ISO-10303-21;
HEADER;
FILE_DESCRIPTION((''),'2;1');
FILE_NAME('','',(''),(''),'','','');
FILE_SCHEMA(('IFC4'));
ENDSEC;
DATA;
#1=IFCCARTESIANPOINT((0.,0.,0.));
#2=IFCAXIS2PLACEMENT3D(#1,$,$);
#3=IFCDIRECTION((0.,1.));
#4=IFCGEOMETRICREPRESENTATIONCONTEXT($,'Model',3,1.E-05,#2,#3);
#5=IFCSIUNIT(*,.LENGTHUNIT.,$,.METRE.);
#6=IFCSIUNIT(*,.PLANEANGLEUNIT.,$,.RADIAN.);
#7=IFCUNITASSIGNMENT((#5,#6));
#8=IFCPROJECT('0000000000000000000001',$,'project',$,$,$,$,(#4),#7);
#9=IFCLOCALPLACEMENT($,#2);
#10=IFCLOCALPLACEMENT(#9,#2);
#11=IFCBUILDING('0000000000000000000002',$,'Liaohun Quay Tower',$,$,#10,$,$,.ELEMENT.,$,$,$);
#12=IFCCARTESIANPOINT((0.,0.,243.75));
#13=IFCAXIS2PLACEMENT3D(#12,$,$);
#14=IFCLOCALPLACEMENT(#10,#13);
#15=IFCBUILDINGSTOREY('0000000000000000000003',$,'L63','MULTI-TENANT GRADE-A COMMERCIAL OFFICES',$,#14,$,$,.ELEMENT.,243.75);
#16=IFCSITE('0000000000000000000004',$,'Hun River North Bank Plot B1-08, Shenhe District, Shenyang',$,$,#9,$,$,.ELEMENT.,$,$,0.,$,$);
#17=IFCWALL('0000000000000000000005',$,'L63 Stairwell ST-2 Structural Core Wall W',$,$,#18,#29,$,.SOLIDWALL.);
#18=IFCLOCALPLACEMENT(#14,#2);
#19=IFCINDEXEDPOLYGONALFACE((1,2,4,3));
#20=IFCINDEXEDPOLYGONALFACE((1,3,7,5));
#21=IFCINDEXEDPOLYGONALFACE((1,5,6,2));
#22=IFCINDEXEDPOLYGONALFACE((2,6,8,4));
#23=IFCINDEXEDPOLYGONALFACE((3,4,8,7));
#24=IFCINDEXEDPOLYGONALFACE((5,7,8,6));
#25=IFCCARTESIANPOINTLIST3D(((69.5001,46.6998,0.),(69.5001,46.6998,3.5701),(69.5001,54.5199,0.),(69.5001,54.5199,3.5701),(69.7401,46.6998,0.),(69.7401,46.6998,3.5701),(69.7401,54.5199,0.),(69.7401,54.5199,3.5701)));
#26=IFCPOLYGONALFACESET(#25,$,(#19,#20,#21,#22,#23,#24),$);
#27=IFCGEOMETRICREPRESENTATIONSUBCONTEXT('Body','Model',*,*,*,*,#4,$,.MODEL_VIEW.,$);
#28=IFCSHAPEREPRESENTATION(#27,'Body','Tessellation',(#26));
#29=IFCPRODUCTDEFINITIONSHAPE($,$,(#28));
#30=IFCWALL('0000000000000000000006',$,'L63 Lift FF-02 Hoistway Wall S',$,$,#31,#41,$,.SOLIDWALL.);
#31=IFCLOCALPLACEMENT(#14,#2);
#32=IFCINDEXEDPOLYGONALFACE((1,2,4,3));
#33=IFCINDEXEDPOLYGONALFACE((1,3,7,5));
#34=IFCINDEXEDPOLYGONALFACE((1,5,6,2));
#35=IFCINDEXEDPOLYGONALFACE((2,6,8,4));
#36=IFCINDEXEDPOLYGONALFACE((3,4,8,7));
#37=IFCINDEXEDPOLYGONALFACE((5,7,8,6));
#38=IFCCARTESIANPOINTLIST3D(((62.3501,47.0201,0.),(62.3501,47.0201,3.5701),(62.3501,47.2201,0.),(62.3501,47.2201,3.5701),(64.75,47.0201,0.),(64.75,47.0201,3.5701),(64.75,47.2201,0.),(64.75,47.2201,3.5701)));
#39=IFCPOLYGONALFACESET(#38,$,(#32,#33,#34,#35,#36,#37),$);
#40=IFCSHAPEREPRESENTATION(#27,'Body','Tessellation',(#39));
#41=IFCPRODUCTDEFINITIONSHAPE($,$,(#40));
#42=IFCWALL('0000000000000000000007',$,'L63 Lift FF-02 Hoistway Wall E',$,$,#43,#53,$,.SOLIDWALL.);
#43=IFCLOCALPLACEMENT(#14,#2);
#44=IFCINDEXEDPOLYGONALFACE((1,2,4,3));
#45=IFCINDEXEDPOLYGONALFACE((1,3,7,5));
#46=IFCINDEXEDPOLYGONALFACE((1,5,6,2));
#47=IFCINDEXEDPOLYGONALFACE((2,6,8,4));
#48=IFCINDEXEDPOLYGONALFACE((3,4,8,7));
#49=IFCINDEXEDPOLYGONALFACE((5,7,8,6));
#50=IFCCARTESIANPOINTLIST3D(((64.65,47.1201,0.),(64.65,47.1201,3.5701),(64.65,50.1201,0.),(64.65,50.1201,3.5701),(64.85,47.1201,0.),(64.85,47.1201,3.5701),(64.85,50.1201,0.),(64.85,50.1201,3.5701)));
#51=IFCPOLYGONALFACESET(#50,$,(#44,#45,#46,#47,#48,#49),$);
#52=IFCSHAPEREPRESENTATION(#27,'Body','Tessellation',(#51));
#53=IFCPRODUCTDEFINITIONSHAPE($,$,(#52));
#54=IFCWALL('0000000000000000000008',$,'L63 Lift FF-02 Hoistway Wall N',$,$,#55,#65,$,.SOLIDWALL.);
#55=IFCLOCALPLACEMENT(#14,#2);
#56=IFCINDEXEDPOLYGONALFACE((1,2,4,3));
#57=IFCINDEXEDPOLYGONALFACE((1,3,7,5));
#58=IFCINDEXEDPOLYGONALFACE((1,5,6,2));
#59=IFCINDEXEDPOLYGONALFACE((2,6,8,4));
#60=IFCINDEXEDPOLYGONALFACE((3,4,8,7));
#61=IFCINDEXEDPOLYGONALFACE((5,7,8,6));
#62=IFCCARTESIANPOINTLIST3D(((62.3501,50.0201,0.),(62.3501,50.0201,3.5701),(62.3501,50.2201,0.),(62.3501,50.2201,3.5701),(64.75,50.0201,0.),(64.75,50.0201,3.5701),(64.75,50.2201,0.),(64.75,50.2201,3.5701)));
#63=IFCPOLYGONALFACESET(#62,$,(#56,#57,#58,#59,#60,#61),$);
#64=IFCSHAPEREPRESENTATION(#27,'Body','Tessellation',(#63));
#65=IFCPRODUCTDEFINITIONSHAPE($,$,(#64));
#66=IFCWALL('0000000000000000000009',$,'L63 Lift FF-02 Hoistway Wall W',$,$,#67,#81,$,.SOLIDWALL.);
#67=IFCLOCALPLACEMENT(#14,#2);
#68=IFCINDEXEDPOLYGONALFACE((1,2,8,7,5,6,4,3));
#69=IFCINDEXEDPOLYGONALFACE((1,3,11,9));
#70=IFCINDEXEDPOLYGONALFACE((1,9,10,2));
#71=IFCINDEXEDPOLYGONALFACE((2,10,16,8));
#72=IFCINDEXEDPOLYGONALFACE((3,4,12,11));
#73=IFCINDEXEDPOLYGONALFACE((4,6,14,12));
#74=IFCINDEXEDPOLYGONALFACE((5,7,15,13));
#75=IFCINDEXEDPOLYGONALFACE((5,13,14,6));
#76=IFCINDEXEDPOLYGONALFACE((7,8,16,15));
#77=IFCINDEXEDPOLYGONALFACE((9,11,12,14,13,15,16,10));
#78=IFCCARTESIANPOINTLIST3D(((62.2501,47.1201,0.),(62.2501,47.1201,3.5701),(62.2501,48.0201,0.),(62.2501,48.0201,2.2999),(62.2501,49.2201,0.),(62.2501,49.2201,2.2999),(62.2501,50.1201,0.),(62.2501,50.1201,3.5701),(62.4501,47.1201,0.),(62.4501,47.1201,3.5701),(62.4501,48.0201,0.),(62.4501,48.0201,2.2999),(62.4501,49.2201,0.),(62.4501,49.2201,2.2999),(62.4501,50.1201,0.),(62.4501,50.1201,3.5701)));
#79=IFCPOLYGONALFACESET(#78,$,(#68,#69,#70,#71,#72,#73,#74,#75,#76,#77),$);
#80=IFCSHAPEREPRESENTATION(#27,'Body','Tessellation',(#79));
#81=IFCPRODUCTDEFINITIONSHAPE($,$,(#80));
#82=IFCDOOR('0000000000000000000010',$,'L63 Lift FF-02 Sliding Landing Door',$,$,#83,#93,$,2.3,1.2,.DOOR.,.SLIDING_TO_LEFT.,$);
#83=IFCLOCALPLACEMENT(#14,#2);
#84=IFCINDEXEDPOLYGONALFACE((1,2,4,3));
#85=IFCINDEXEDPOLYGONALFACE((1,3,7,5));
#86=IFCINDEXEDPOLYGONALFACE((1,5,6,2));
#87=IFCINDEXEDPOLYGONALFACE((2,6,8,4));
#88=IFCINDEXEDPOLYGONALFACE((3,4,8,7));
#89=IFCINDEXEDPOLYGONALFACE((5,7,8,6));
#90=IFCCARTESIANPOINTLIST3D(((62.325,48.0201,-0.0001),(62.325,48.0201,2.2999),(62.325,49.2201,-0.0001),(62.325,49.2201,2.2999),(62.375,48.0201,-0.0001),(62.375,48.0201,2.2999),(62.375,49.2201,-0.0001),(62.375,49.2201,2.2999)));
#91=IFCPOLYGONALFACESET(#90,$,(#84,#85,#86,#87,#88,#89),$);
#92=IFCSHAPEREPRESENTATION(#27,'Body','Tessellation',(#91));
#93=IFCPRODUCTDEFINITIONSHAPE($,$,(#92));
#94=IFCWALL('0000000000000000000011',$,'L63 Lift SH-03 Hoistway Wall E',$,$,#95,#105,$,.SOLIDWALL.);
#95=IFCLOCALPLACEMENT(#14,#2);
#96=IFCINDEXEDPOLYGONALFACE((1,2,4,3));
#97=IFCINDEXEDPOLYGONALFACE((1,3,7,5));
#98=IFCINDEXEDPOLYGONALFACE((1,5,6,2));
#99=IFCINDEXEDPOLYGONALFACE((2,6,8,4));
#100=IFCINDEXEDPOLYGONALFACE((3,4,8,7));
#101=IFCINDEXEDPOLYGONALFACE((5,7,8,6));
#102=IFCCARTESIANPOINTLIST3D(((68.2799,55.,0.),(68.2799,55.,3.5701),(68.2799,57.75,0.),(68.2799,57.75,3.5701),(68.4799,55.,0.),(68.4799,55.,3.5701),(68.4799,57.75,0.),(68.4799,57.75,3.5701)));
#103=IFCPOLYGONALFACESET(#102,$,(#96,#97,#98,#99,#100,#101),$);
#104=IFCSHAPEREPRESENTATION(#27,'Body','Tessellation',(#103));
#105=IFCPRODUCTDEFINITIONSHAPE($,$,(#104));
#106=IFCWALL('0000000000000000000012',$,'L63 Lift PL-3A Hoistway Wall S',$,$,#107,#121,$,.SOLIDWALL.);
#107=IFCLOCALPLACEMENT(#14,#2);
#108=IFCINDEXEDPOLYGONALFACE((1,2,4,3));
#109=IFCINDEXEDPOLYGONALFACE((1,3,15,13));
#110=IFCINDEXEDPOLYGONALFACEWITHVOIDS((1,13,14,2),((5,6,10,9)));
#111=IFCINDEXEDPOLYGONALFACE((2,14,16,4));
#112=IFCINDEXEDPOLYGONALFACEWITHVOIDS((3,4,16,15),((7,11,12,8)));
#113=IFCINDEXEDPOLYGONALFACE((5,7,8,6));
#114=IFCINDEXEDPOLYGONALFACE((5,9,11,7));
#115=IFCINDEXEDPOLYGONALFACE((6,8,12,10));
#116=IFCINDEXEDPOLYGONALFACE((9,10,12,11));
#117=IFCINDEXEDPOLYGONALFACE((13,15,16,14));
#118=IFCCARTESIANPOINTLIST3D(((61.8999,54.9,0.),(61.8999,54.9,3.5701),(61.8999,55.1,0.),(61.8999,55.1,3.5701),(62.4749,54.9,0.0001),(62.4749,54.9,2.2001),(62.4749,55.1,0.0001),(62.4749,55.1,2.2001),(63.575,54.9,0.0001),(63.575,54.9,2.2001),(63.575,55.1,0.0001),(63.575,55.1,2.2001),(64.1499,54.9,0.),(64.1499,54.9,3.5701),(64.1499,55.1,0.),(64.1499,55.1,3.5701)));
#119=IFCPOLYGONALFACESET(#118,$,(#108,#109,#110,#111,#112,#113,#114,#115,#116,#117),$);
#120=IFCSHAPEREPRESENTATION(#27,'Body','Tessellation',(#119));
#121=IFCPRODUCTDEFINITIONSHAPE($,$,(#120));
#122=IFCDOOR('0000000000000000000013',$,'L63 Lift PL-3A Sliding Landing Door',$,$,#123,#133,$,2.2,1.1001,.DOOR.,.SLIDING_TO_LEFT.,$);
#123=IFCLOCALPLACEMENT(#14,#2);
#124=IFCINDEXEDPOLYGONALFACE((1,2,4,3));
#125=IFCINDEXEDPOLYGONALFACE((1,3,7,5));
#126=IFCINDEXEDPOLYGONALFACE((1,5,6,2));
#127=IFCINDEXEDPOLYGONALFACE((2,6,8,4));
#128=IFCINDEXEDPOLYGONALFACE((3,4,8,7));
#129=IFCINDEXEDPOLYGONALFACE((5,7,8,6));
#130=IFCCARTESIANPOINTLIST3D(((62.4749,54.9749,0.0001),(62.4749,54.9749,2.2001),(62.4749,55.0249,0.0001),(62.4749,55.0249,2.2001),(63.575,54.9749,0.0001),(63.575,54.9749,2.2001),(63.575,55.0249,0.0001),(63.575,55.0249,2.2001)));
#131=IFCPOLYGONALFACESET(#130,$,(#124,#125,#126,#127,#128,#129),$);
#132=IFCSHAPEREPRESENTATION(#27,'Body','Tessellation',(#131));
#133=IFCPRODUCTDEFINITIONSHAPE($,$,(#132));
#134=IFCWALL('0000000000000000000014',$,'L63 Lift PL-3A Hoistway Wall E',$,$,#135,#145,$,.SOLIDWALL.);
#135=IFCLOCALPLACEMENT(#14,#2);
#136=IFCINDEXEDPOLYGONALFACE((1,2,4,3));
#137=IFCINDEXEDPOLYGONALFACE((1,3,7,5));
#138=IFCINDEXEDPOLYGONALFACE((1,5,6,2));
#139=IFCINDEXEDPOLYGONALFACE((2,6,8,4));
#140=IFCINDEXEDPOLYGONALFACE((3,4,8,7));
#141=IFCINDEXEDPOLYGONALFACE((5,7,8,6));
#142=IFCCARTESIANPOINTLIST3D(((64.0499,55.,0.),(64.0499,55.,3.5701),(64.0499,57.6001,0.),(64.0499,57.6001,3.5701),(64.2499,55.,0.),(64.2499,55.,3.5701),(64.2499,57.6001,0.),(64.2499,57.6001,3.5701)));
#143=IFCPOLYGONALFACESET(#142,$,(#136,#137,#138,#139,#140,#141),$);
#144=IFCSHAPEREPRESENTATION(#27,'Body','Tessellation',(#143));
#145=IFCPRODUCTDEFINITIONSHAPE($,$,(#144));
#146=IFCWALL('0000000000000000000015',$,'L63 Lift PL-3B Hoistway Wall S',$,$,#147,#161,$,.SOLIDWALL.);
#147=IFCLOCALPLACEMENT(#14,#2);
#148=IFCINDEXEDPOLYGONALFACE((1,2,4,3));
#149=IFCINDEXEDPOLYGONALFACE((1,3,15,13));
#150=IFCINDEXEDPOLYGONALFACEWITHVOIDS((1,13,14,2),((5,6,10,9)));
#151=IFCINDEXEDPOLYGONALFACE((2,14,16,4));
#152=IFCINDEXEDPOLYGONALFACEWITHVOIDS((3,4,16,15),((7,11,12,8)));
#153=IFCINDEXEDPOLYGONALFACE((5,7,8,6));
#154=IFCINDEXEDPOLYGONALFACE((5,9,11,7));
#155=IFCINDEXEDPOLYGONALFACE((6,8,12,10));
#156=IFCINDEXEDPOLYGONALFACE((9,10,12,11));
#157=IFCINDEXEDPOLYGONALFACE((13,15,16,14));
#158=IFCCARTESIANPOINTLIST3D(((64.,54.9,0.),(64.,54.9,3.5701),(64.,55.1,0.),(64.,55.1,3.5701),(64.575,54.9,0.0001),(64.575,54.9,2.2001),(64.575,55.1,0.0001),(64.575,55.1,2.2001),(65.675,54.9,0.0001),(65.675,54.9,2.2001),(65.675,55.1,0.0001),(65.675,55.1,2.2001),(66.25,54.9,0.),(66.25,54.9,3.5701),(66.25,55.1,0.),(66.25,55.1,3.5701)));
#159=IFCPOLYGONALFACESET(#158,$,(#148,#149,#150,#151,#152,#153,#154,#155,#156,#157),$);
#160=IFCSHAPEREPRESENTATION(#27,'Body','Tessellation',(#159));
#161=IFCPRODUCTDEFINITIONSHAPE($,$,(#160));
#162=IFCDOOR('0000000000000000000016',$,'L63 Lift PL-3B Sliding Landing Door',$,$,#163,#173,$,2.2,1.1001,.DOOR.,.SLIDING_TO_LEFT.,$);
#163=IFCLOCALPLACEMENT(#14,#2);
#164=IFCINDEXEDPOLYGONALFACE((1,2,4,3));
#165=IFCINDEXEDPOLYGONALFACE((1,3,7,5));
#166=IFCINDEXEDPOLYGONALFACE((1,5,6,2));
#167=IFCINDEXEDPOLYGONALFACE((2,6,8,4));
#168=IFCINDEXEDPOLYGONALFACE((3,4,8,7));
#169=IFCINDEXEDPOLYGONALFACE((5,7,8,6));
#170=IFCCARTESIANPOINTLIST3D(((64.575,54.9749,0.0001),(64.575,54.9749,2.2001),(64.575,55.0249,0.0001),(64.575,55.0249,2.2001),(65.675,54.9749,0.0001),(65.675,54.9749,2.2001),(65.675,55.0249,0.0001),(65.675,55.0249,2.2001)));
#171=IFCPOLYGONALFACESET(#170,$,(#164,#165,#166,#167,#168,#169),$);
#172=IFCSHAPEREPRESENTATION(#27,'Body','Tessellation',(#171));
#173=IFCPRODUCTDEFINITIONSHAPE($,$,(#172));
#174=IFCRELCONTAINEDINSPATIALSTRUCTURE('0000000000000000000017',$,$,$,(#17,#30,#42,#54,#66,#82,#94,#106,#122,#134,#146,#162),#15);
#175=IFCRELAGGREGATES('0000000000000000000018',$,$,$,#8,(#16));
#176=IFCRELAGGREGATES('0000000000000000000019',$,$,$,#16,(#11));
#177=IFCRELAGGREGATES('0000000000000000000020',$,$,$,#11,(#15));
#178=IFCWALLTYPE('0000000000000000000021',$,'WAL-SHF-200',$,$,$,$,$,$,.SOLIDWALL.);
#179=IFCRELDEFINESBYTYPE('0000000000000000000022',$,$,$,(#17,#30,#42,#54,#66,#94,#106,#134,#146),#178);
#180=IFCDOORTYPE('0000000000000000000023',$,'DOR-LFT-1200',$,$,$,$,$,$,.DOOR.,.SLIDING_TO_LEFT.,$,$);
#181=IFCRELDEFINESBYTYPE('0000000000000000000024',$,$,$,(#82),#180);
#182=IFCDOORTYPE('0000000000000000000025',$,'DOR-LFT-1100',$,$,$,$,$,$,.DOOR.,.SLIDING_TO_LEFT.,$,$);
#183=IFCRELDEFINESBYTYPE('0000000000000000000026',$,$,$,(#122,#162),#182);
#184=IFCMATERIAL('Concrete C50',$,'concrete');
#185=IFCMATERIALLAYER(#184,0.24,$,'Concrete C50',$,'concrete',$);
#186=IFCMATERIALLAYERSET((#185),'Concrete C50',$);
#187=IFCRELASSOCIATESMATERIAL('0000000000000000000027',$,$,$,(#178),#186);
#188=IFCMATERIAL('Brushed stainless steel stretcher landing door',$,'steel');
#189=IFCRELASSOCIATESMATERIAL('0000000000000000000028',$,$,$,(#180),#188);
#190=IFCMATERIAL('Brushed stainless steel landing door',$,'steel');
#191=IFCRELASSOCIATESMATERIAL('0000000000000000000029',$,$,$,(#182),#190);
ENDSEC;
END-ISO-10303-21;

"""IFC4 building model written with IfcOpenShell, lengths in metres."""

from ifc_helpers import new_model, si_unit, direction, frame, frame_2d, origin, place, context, subcontext, project, spatial, rectangle, extrude, source, transform, mapped, material, layer, layer_set, type_object, element, fill, save


model = new_model("IFC4")

# Units and contexts
model_context = context("Model", 3, precision=1e-05, world=origin(), true_north=direction((0.0, 1.0)))
body_context = subcontext(model_context, "Body", "Model", "MODEL_VIEW")
ifc_project = project(units=[si_unit("LENGTHUNIT", "METRE"), si_unit("PLANEANGLEUNIT", "RADIAN")], contexts=[model_context])

# Site, building, storey
site_placement = place(None, origin())
site = spatial("IfcSite", under=ifc_project, at=site_placement, Name="Hun River North Bank Plot B1-08, Shenhe District, Shenyang", CompositionType="ELEMENT", RefElevation=0.0)
building_placement = place(site_placement, origin())
building = spatial("IfcBuilding", under=site, at=building_placement, Name="Liaohun Quay Tower", CompositionType="ELEMENT")
storey_placement = place(building_placement, frame((0.0, 0.0, 243.75)))
storey = spatial("IfcBuildingStorey", under=building, at=storey_placement, Name="L63", Description="MULTI-TENANT GRADE-A COMMERCIAL OFFICES", CompositionType="ELEMENT", Elevation=243.75)

# Shared definitions
ifc_material_1 = material(Name="Concrete C50", Category="concrete")
ifc_layer_1 = layer(ifc_material_1, 0.24, Name="Concrete C50", Category="concrete")
ifc_layer_set_1 = layer_set([ifc_layer_1], Name="Concrete C50")
wall_type_1 = type_object("IfcWallType", Name="WAL-SHF-200", PredefinedType="SOLIDWALL", material=ifc_layer_set_1)

# Walls
wall_1_placement = place(storey_placement, frame((69.6201, 54.52, 0.0), z_axis=(0.0, 0.0, 1.0), x_axis=(0.0, -1.0, 0.0)))
element("IfcWall", 1, at=wall_1_placement, inside=storey, type_object=wall_type_1, Name="L63 Stairwell ST-2 Structural Core Wall W", PredefinedType="SOLIDWALL", context=body_context, shape_type="SweptSolid", body=[
    extrude(rectangle(XDim=7.8201, YDim=0.24, at=frame_2d((3.9102, 0.0))), origin(), (0.0, 0.0, 1.0), 3.5701),
])
wall_2_placement = place(storey_placement, frame((62.3501, 47.1201, 0.0), z_axis=(0.0, 0.0, 1.0), x_axis=(1.0, 0.0, 0.0)))
element("IfcWall", 2, at=wall_2_placement, inside=storey, type_object=wall_type_1, Name="L63 Lift FF-02 Hoistway Wall S", PredefinedType="SOLIDWALL", context=body_context, shape_type="SweptSolid", body=[
    extrude(rectangle(XDim=2.3999, YDim=0.2, at=frame_2d((1.2, 0.0))), origin(), (0.0, 0.0, 1.0), 3.5701),
])
wall_3_placement = place(storey_placement, frame((64.75, 47.1201, 0.0), z_axis=(0.0, 0.0, 1.0), x_axis=(0.0, 1.0, 0.0)))
element("IfcWall", 3, at=wall_3_placement, inside=storey, type_object=wall_type_1, Name="L63 Lift FF-02 Hoistway Wall E", PredefinedType="SOLIDWALL", context=body_context, shape_type="SweptSolid", body=[
    extrude(rectangle(XDim=3.0, YDim=0.2, at=frame_2d((1.5, 0.0))), origin(), (0.0, 0.0, 1.0), 3.5701),
])
wall_4_placement = place(storey_placement, frame((64.75, 50.1201, 0.0), z_axis=(0.0, 0.0, 1.0), x_axis=(-1.0, 0.0, 0.0)))
element("IfcWall", 4, at=wall_4_placement, inside=storey, type_object=wall_type_1, Name="L63 Lift FF-02 Hoistway Wall N", PredefinedType="SOLIDWALL", context=body_context, shape_type="SweptSolid", body=[
    extrude(rectangle(XDim=2.3999, YDim=0.2, at=frame_2d((1.2, 0.0))), origin(), (0.0, 0.0, 1.0), 3.5701),
])

# Wall, opening, door
wall_5_placement = place(storey_placement, frame((62.3501, 50.1201, 0.0), z_axis=(0.0, 0.0, 1.0), x_axis=(0.0, -1.0, 0.0)))
wall_5 = element("IfcWall", 5, at=wall_5_placement, inside=storey, type_object=wall_type_1, Name="L63 Lift FF-02 Hoistway Wall W", PredefinedType="SOLIDWALL", context=body_context, shape_type="SweptSolid", body=[
    extrude(rectangle(XDim=3.0, YDim=0.2, at=frame_2d((1.5, 0.0))), origin(), (0.0, 0.0, 1.0), 3.5701),
])
shared_shape_1 = source(origin(), body_context, "Body", "SweptSolid", [
    extrude(rectangle(XDim=1.2, YDim=2.3, at=frame_2d((0.6001, 1.1499))), frame((0.0, 0.1099, 0.0), z_axis=(0.0, -1.0, 0.0), x_axis=(1.0, 0.0, 0.0)), (0.0, 0.0, 1.0), 0.22),
])
opening_1_placement = place(wall_5_placement, frame((0.8999, 0.0, 0.0)))
opening_1 = element("IfcOpeningElement", 6, at=opening_1_placement, cuts=wall_5, PredefinedType="OPENING", context=body_context, shape_type="MappedRepresentation", body=[
    mapped(shared_shape_1, transform((0.0, 0.0, 0.0), x_axis=(1.0, 0.0, 0.0), y_axis=(0.0, 1.0, 0.0), z_axis=(0.0, 0.0, 1.0), scale=1.0)),
])
ifc_material_2 = material(Name="Brushed stainless steel stretcher landing door", Category="steel")
door_type_1 = type_object("IfcDoorType", Name="DOR-LFT-1200", OperationType="SLIDING_TO_LEFT", PredefinedType="DOOR", material=ifc_material_2)
shared_shape_2 = source(origin(), body_context, "Body", "SweptSolid", [
    extrude(rectangle(XDim=1.2, YDim=2.3, at=frame_2d((0.6001, 1.1499))), frame((0.0, 0.0249, 0.0), z_axis=(0.0, -1.0, 0.0), x_axis=(1.0, 0.0, 0.0)), (0.0, 0.0, 1.0), 0.05),
])
door_1_placement = place(opening_1_placement, origin())
door_1 = element("IfcDoor", 7, at=door_1_placement, inside=storey, type_object=door_type_1, Name="L63 Lift FF-02 Sliding Landing Door", OperationType="SLIDING_TO_LEFT", OverallHeight=2.3, OverallWidth=1.2, PredefinedType="DOOR", context=body_context, shape_type="MappedRepresentation", body=[
    mapped(shared_shape_2, transform((0.0, 0.0, 0.0), x_axis=(1.0, 0.0, 0.0), y_axis=(0.0, 1.0, 0.0), z_axis=(0.0, 0.0, 1.0), scale=1.0)),
])
fill(opening_1, door_1)

# Wall
wall_6_placement = place(storey_placement, frame((68.3799, 55.0, 0.0), z_axis=(0.0, 0.0, 1.0), x_axis=(0.0, 1.0, 0.0)))
element("IfcWall", 8, at=wall_6_placement, inside=storey, type_object=wall_type_1, Name="L63 Lift SH-03 Hoistway Wall E", PredefinedType="SOLIDWALL", context=body_context, shape_type="SweptSolid", body=[
    extrude(rectangle(XDim=2.75, YDim=0.2, at=frame_2d((1.375, 0.0))), origin(), (0.0, 0.0, 1.0), 3.5701),
])

# Wall, opening, door
wall_7_placement = place(storey_placement, frame((61.8999, 55.0, 0.0), z_axis=(0.0, 0.0, 1.0), x_axis=(1.0, 0.0, 0.0)))
wall_7 = element("IfcWall", 9, at=wall_7_placement, inside=storey, type_object=wall_type_1, Name="L63 Lift PL-3A Hoistway Wall S", PredefinedType="SOLIDWALL", context=body_context, shape_type="SweptSolid", body=[
    extrude(rectangle(XDim=2.25, YDim=0.2, at=frame_2d((1.125, 0.0))), origin(), (0.0, 0.0, 1.0), 3.5701),
])
shared_shape_3 = source(origin(), body_context, "Body", "SweptSolid", [
    extrude(rectangle(XDim=1.1001, YDim=2.2, at=frame_2d((0.55, 1.1001))), frame((0.0, 0.1099, 0.0), z_axis=(0.0, -1.0, 0.0), x_axis=(1.0, 0.0, 0.0)), (0.0, 0.0, 1.0), 0.22),
])
opening_2_placement = place(wall_7_placement, frame((0.575, 0.0, 0.0)))
opening_2 = element("IfcOpeningElement", 10, at=opening_2_placement, cuts=wall_7, PredefinedType="OPENING", context=body_context, shape_type="MappedRepresentation", body=[
    mapped(shared_shape_3, transform((0.0, 0.0, 0.0), x_axis=(1.0, 0.0, 0.0), y_axis=(0.0, 1.0, 0.0), z_axis=(0.0, 0.0, 1.0), scale=1.0)),
])
ifc_material_3 = material(Name="Brushed stainless steel landing door", Category="steel")
door_type_2 = type_object("IfcDoorType", Name="DOR-LFT-1100", OperationType="SLIDING_TO_LEFT", PredefinedType="DOOR", material=ifc_material_3)
shared_shape_4 = source(origin(), body_context, "Body", "SweptSolid", [
    extrude(rectangle(XDim=1.1001, YDim=2.2, at=frame_2d((0.55, 1.1001))), frame((0.0, 0.0249, 0.0), z_axis=(0.0, -1.0, 0.0), x_axis=(1.0, 0.0, 0.0)), (0.0, 0.0, 1.0), 0.05),
])
door_2_placement = place(opening_2_placement, origin())
door_2 = element("IfcDoor", 11, at=door_2_placement, inside=storey, type_object=door_type_2, Name="L63 Lift PL-3A Sliding Landing Door", OperationType="SLIDING_TO_LEFT", OverallHeight=2.2, OverallWidth=1.1001, PredefinedType="DOOR", context=body_context, shape_type="MappedRepresentation", body=[
    mapped(shared_shape_4, transform((0.0, 0.0, 0.0), x_axis=(1.0, 0.0, 0.0), y_axis=(0.0, 1.0, 0.0), z_axis=(0.0, 0.0, 1.0), scale=1.0)),
])
fill(opening_2, door_2)

# Wall
wall_8_placement = place(storey_placement, frame((64.1499, 55.0, 0.0), z_axis=(0.0, 0.0, 1.0), x_axis=(0.0, 1.0, 0.0)))
element("IfcWall", 12, at=wall_8_placement, inside=storey, type_object=wall_type_1, Name="L63 Lift PL-3A Hoistway Wall E", PredefinedType="SOLIDWALL", context=body_context, shape_type="SweptSolid", body=[
    extrude(rectangle(XDim=2.6001, YDim=0.2, at=frame_2d((1.3, 0.0))), origin(), (0.0, 0.0, 1.0), 3.5701),
])

# Wall, opening, door
wall_9_placement = place(storey_placement, frame((64.0, 55.0, 0.0), z_axis=(0.0, 0.0, 1.0), x_axis=(1.0, 0.0, 0.0)))
wall_9 = element("IfcWall", 13, at=wall_9_placement, inside=storey, type_object=wall_type_1, Name="L63 Lift PL-3B Hoistway Wall S", PredefinedType="SOLIDWALL", context=body_context, shape_type="SweptSolid", body=[
    extrude(rectangle(XDim=2.25, YDim=0.2, at=frame_2d((1.125, 0.0))), origin(), (0.0, 0.0, 1.0), 3.5701),
])
opening_3_placement = place(wall_9_placement, frame((0.575, 0.0, 0.0)))
opening_3 = element("IfcOpeningElement", 14, at=opening_3_placement, cuts=wall_9, PredefinedType="OPENING", context=body_context, shape_type="MappedRepresentation", body=[
    mapped(shared_shape_3, transform((0.0, 0.0, 0.0), x_axis=(1.0, 0.0, 0.0), y_axis=(0.0, 1.0, 0.0), z_axis=(0.0, 0.0, 1.0), scale=1.0)),
])
door_3_placement = place(opening_3_placement, origin())
door_3 = element("IfcDoor", 15, at=door_3_placement, inside=storey, type_object=door_type_2, Name="L63 Lift PL-3B Sliding Landing Door", OperationType="SLIDING_TO_LEFT", OverallHeight=2.2, OverallWidth=1.1001, PredefinedType="DOOR", context=body_context, shape_type="MappedRepresentation", body=[
    mapped(shared_shape_4, transform((0.0, 0.0, 0.0), x_axis=(1.0, 0.0, 0.0), y_axis=(0.0, 1.0, 0.0), z_axis=(0.0, 0.0, 1.0), scale=1.0)),
])
fill(opening_3, door_3)

save(model, "model.ifc")
